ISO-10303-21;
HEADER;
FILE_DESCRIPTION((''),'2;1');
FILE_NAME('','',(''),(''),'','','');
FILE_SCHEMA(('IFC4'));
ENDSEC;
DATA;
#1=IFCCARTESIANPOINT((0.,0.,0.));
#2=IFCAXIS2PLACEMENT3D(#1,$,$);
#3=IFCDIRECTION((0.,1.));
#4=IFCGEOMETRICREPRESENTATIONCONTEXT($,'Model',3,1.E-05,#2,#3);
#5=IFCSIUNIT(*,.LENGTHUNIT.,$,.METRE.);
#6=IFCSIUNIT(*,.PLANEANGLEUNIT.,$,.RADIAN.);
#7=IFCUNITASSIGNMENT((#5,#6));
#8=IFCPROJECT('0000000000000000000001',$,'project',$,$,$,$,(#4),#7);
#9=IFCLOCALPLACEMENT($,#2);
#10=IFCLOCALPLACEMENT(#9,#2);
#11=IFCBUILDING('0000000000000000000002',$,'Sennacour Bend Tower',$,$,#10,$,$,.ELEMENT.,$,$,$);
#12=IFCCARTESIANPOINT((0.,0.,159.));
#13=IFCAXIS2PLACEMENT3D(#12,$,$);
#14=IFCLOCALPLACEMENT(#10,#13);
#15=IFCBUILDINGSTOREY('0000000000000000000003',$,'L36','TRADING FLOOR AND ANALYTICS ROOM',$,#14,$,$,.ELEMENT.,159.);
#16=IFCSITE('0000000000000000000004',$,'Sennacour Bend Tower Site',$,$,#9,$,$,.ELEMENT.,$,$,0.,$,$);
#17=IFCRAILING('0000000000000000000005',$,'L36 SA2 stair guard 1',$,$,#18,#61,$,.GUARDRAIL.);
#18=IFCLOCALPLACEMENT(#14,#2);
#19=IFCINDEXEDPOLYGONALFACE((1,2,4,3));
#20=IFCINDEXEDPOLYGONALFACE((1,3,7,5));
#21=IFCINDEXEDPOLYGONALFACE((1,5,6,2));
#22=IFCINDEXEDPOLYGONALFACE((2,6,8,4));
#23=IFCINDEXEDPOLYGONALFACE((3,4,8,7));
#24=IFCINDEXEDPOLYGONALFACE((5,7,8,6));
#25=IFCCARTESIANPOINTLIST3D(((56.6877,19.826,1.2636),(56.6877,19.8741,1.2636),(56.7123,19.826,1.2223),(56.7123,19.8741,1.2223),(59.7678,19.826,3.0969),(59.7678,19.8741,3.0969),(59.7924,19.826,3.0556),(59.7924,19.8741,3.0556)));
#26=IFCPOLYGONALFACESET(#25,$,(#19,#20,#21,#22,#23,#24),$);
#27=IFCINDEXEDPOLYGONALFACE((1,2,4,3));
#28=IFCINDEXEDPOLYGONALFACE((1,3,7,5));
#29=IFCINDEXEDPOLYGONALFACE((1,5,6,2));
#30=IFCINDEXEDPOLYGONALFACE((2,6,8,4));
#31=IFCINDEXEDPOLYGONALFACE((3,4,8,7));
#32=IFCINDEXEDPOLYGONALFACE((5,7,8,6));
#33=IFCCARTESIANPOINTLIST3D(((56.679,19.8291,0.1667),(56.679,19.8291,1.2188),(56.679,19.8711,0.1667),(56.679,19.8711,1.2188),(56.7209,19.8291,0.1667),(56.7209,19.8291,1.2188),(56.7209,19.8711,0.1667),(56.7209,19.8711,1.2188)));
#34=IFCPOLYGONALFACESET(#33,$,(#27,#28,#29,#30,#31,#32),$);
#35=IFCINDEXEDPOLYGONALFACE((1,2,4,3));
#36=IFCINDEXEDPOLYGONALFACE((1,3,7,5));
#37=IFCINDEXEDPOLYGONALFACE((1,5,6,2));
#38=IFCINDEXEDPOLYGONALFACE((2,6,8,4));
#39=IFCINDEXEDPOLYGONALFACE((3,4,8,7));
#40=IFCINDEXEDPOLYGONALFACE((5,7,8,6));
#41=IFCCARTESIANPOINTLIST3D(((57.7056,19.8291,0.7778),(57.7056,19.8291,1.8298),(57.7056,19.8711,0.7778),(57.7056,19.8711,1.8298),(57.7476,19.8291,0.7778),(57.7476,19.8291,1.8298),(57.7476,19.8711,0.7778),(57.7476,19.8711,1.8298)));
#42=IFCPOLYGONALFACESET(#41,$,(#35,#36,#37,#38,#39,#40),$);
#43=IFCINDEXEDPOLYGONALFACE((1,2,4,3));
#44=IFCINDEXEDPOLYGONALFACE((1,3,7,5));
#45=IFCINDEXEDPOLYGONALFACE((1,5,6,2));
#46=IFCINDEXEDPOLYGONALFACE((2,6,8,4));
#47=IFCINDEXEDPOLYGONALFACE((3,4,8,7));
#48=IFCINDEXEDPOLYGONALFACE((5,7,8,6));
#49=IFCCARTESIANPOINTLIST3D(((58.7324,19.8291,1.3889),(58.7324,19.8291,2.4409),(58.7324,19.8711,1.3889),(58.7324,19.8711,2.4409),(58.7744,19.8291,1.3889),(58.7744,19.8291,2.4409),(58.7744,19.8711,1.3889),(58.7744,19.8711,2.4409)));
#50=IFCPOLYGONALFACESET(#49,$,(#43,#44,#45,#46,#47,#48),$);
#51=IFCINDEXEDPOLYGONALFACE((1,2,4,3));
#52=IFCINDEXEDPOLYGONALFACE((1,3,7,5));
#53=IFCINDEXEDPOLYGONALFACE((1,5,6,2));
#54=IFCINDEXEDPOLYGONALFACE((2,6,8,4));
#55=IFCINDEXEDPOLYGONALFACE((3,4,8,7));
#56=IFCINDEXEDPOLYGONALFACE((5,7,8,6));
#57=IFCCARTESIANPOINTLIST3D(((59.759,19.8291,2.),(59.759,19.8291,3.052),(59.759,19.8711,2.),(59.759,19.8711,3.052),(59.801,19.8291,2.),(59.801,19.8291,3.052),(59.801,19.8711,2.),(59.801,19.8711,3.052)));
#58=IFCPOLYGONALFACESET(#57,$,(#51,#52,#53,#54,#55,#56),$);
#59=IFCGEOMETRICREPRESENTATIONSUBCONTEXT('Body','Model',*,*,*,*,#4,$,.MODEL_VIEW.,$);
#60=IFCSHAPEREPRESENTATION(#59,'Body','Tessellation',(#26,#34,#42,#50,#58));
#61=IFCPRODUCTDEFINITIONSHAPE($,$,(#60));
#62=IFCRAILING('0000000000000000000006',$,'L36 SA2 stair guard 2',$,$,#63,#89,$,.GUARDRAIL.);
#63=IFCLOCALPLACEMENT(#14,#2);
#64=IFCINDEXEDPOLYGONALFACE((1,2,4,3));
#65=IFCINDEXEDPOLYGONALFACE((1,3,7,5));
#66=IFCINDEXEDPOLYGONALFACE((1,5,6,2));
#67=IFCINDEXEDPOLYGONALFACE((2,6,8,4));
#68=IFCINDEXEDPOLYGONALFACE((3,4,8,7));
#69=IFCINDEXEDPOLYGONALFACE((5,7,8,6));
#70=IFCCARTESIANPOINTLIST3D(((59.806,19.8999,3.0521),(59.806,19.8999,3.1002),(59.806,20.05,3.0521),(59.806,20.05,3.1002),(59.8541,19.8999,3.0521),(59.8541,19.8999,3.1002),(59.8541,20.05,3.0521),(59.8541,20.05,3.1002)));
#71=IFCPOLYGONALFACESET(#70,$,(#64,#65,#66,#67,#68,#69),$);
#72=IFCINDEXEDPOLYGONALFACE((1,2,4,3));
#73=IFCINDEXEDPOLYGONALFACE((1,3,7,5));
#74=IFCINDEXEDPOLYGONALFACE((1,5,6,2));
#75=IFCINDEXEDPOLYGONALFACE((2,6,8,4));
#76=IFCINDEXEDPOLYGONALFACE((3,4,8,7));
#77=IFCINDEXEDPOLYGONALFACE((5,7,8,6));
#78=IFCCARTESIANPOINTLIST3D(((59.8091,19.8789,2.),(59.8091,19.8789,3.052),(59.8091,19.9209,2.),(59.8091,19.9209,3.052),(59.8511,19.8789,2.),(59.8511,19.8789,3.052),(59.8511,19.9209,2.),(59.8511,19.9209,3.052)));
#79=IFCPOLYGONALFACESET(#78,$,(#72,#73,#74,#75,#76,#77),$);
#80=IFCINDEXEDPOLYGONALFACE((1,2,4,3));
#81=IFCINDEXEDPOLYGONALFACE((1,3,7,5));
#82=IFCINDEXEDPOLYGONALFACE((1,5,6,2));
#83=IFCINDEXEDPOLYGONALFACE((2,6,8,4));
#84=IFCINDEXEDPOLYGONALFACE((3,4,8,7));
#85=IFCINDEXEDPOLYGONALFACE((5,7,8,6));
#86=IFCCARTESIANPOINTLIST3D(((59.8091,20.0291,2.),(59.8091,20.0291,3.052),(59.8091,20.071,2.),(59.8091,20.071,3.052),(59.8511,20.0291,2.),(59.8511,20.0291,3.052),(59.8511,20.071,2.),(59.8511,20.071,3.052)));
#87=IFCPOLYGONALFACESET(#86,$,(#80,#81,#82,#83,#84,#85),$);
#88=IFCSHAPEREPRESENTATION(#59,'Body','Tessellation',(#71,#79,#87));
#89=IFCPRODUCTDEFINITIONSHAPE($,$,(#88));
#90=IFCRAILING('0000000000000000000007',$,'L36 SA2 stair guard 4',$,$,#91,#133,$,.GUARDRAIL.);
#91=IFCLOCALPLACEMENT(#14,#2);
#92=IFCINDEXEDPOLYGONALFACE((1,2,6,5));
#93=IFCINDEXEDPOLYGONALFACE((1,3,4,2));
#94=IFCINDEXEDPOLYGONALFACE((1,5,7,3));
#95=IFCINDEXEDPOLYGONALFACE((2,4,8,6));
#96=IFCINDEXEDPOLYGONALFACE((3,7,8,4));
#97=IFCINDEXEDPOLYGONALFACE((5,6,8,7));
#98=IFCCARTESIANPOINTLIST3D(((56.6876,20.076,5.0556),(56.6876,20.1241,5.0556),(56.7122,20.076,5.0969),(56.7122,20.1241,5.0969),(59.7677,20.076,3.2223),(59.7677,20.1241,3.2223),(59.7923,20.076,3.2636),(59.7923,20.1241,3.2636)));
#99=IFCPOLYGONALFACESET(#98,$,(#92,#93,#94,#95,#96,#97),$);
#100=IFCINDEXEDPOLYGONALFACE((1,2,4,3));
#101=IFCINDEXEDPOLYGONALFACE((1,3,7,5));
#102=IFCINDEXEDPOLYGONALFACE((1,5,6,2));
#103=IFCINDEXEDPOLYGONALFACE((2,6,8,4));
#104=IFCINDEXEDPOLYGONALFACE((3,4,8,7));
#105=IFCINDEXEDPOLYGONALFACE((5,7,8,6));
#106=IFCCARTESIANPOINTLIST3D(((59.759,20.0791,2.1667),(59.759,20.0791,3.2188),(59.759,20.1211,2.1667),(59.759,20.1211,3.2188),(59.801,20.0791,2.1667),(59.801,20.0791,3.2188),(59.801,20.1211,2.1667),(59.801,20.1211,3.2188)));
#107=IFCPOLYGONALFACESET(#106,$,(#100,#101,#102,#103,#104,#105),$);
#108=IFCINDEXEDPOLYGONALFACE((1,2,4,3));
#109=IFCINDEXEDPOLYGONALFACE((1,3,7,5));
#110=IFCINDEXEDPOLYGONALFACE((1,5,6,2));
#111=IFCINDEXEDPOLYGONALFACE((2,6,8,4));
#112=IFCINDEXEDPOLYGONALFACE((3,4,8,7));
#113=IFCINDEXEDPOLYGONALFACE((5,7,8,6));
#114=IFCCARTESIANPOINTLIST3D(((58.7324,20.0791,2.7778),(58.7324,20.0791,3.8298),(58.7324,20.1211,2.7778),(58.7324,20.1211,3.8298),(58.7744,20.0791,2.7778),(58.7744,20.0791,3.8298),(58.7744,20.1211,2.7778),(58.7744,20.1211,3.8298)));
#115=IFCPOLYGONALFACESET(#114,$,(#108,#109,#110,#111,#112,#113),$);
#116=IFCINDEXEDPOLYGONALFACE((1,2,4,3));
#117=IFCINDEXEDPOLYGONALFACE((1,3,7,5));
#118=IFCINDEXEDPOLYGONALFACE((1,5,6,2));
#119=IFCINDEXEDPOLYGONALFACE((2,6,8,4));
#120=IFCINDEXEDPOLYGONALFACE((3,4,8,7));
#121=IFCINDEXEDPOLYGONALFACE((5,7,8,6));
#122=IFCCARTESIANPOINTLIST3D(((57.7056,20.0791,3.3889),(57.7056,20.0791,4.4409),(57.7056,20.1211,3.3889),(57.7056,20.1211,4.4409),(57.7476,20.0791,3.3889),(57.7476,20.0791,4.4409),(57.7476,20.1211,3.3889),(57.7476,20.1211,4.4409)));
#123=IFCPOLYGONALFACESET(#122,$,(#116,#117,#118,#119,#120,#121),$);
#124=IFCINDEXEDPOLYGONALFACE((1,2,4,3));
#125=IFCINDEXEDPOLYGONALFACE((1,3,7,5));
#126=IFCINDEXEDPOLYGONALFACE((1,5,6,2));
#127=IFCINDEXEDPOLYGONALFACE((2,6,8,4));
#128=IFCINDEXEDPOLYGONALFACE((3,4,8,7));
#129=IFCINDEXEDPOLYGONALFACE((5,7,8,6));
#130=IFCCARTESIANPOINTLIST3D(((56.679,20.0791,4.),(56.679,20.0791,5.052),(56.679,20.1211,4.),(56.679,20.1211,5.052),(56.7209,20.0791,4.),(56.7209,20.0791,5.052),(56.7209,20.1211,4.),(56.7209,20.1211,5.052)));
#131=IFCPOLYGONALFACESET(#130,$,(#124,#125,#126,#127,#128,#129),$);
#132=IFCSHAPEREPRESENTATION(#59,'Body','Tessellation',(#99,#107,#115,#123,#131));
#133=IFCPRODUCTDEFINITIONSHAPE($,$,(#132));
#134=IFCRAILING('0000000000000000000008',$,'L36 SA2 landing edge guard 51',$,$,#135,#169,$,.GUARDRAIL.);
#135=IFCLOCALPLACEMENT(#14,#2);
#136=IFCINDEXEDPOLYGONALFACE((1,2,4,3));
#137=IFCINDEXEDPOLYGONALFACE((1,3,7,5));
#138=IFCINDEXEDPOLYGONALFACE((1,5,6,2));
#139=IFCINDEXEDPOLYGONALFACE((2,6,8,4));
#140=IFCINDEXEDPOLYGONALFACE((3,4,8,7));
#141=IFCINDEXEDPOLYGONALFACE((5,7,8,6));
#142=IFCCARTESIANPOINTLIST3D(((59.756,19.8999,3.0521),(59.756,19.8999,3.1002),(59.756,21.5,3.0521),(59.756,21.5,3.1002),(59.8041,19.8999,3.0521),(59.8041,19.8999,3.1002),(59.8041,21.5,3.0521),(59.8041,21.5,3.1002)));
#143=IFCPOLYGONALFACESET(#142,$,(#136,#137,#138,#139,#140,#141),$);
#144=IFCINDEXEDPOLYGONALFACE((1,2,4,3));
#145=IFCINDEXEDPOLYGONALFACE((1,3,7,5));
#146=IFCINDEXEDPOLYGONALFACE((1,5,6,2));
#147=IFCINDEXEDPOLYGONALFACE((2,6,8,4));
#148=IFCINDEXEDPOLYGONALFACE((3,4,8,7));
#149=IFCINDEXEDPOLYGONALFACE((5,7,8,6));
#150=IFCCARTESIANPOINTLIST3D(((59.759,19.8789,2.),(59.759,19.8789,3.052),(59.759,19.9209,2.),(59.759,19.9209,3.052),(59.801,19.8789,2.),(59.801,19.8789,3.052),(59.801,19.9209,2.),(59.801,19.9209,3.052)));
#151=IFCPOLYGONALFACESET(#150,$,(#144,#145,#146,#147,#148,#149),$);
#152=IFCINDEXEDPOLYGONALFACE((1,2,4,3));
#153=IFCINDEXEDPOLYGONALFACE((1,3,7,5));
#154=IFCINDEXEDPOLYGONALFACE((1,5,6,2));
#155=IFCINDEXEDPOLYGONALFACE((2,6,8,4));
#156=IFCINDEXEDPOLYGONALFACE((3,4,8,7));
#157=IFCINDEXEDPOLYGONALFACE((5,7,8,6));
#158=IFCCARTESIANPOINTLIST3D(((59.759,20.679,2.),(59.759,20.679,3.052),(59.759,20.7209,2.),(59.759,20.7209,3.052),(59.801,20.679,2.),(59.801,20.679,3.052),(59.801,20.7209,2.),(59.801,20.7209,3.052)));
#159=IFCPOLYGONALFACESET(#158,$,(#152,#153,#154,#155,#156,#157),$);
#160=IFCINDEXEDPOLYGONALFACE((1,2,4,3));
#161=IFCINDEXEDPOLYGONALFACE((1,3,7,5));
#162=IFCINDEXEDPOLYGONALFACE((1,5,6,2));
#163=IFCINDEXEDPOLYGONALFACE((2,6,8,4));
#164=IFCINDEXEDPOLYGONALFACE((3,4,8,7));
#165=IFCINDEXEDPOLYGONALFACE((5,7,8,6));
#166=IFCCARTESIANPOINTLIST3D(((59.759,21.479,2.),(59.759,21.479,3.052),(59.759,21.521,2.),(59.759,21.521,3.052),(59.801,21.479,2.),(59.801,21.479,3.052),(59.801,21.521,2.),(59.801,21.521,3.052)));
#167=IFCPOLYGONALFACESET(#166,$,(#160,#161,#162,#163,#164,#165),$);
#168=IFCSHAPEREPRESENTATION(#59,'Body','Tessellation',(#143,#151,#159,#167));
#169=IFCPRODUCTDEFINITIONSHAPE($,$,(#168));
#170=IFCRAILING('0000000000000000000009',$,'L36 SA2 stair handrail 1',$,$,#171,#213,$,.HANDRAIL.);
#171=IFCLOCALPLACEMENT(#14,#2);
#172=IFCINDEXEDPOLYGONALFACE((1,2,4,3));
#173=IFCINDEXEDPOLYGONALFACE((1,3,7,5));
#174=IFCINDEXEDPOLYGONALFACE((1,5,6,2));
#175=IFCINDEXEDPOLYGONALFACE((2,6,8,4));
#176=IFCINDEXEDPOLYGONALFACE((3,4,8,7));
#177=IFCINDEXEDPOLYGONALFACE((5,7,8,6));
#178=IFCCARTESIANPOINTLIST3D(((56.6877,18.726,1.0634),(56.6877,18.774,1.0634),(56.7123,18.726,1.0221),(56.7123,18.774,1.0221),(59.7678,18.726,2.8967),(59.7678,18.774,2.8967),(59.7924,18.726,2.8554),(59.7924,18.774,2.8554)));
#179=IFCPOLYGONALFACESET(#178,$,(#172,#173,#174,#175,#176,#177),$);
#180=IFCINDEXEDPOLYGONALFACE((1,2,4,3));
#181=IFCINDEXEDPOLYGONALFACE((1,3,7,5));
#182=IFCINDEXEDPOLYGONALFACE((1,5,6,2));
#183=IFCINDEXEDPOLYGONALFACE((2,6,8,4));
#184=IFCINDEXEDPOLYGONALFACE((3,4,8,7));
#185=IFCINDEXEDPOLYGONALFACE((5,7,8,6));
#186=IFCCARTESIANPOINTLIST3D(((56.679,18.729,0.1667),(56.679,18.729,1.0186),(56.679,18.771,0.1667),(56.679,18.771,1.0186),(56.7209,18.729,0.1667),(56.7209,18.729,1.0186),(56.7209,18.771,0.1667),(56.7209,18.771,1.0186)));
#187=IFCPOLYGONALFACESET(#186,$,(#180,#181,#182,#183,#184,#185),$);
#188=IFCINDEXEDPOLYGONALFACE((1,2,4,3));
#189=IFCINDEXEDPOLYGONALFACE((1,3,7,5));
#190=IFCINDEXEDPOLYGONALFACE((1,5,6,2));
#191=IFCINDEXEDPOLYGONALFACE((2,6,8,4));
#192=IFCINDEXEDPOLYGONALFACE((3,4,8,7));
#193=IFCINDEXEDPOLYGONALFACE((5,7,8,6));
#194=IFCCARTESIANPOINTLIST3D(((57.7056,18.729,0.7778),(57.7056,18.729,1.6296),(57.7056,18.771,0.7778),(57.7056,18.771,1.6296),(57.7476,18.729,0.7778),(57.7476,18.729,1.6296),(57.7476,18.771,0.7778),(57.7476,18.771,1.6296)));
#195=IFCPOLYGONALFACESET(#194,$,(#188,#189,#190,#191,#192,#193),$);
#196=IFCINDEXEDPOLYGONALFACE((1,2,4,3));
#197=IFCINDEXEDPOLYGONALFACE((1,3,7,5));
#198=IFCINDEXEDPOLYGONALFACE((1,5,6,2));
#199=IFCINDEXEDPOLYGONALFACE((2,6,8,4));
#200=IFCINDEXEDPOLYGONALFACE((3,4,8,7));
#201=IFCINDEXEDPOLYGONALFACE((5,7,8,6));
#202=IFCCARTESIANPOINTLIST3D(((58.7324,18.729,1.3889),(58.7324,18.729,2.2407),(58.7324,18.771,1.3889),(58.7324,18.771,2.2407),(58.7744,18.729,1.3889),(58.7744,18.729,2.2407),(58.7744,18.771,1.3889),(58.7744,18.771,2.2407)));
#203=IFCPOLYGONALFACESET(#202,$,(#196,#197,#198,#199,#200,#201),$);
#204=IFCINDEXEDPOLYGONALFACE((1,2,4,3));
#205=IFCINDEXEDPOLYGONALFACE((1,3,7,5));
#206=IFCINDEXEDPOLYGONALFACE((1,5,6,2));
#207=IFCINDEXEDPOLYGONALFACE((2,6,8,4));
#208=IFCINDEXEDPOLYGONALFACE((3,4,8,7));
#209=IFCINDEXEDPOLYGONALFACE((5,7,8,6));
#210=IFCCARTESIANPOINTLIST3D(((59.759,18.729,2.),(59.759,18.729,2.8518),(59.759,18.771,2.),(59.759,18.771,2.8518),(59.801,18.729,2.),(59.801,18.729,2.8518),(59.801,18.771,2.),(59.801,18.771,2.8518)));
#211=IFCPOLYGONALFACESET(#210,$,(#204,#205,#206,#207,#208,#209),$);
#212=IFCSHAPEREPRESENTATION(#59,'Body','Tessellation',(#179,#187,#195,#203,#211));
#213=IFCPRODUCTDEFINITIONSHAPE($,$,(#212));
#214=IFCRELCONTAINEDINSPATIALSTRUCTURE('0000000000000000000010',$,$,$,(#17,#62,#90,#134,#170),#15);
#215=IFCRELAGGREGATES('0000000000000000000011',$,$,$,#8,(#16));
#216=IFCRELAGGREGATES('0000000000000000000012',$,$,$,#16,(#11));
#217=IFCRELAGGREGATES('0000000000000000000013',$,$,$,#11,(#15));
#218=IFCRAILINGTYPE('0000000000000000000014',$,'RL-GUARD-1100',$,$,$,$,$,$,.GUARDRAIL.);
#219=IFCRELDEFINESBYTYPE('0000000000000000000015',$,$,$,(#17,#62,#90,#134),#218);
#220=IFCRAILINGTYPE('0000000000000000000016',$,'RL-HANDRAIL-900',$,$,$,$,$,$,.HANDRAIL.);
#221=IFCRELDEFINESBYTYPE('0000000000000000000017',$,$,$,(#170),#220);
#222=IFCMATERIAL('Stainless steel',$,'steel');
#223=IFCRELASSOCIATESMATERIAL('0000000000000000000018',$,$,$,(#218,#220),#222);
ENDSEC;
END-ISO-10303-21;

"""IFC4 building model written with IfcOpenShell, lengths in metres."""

from ifc_helpers import new_model, si_unit, direction, frame, origin, origin_2d, place, context, subcontext, project, spatial, rectangle, extrude, material, type_object, element, save


model = new_model("IFC4")

# Units and contexts
model_context = context("Model", 3, precision=1e-05, world=origin(), true_north=direction((0.0, 1.0)))
body_context = subcontext(model_context, "Body", "Model", "MODEL_VIEW")
ifc_project = project(units=[si_unit("LENGTHUNIT", "METRE"), si_unit("PLANEANGLEUNIT", "RADIAN")], contexts=[model_context])

# Site, building, storey
site_placement = place(None, origin())
site = spatial("IfcSite", under=ifc_project, at=site_placement, Name="Sennacour Bend Tower Site", CompositionType="ELEMENT", RefElevation=0.0)
building_placement = place(site_placement, origin())
building = spatial("IfcBuilding", under=site, at=building_placement, Name="Sennacour Bend Tower", CompositionType="ELEMENT")
storey_placement = place(building_placement, frame((0.0, 0.0, 159.0)))
storey = spatial("IfcBuildingStorey", under=building, at=storey_placement, Name="L36", Description="TRADING FLOOR AND ANALYTICS ROOM", CompositionType="ELEMENT", Elevation=159.0)

# Shared definitions
ifc_material_1 = material(Name="Stainless steel", Category="steel")

# Railings
railing_type_1 = type_object("IfcRailingType", Name="RL-GUARD-1100", PredefinedType="GUARDRAIL", material=ifc_material_1)
railing_1_placement = place(storey_placement, frame((56.7, 19.8501, 0.1667)))
element("IfcRailing", 1, at=railing_1_placement, inside=storey, type_object=railing_type_1, Name="L36 SA2 stair guard 1", PredefinedType="GUARDRAIL", context=body_context, shape_type="SweptSolid", body=[
    extrude(rectangle(XDim=0.0481, YDim=0.0481, at=origin_2d()), frame((0.0, 0.0, 1.0762), z_axis=(0.859309, 0.0, 0.511458), x_axis=(0.0, 1.0, 0.0)), (0.0, 0.0, 1.0), 3.5845),
    extrude(rectangle(XDim=0.042, YDim=0.042, at=origin_2d()), origin(), (0.0, 0.0, 1.0), 1.052),
    extrude(rectangle(XDim=0.042, YDim=0.042, at=origin_2d()), frame((1.0266, 0.0, 0.6111)), (0.0, 0.0, 1.0), 1.052),
    extrude(rectangle(XDim=0.042, YDim=0.042, at=origin_2d()), frame((2.0535, 0.0, 1.2222)), (0.0, 0.0, 1.0), 1.052),
    extrude(rectangle(XDim=0.042, YDim=0.042, at=origin_2d()), frame((3.0801, 0.0, 1.8333)), (0.0, 0.0, 1.0), 1.052),
])
railing_2_placement = place(storey_placement, frame((59.8301, 19.8999, 2.0)))
element("IfcRailing", 2, at=railing_2_placement, inside=storey, type_object=railing_type_1, Name="L36 SA2 stair guard 2", PredefinedType="GUARDRAIL", context=body_context, shape_type="SweptSolid", body=[
    extrude(rectangle(XDim=0.0481, YDim=0.0481, at=origin_2d()), frame((0.0, 0.0, 1.0762), z_axis=(0.0, 1.0, 0.0), x_axis=(-1.0, 0.0, 0.0)), (0.0, 0.0, 1.0), 0.1501),
    extrude(rectangle(XDim=0.042, YDim=0.042, at=origin_2d()), origin(), (0.0, 0.0, 1.0), 1.052),
    extrude(rectangle(XDim=0.042, YDim=0.042, at=origin_2d()), frame((0.0, 0.1501, 0.0)), (0.0, 0.0, 1.0), 1.052),
])
railing_3_placement = place(storey_placement, frame((59.78, 20.1001, 2.1667)))
element("IfcRailing", 3, at=railing_3_placement, inside=storey, type_object=railing_type_1, Name="L36 SA2 stair guard 4", PredefinedType="GUARDRAIL", context=body_context, shape_type="SweptSolid", body=[
    extrude(rectangle(XDim=0.0481, YDim=0.0481, at=origin_2d()), frame((0.0, 0.0, 1.0762), z_axis=(-0.859309, 0.0, 0.511458), x_axis=(0.0, -1.0, 0.0)), (0.0, 0.0, 1.0), 3.5845),
    extrude(rectangle(XDim=0.042, YDim=0.042, at=origin_2d()), origin(), (0.0, 0.0, 1.0), 1.052),
    extrude(rectangle(XDim=0.042, YDim=0.042, at=origin_2d()), frame((-1.0266, 0.0, 0.6111)), (0.0, 0.0, 1.0), 1.052),
    extrude(rectangle(XDim=0.042, YDim=0.042, at=origin_2d()), frame((-2.0535, 0.0, 1.2222)), (0.0, 0.0, 1.0), 1.052),
    extrude(rectangle(XDim=0.042, YDim=0.042, at=origin_2d()), frame((-3.0801, 0.0, 1.8333)), (0.0, 0.0, 1.0), 1.052),
])
railing_4_placement = place(storey_placement, frame((59.78, 19.8999, 2.0)))
element("IfcRailing", 4, at=railing_4_placement, inside=storey, type_object=railing_type_1, Name="L36 SA2 landing edge guard 51", PredefinedType="GUARDRAIL", context=body_context, shape_type="SweptSolid", body=[
    extrude(rectangle(XDim=0.0481, YDim=0.0481, at=origin_2d()), frame((0.0, 0.0, 1.0762), z_axis=(0.0, 1.0, 0.0), x_axis=(-1.0, 0.0, 0.0)), (0.0, 0.0, 1.0), 1.6001),
    extrude(rectangle(XDim=0.042, YDim=0.042, at=origin_2d()), origin(), (0.0, 0.0, 1.0), 1.052),
    extrude(rectangle(XDim=0.042, YDim=0.042, at=origin_2d()), frame((0.0, 0.8, 0.0)), (0.0, 0.0, 1.0), 1.052),
    extrude(rectangle(XDim=0.042, YDim=0.042, at=origin_2d()), frame((0.0, 1.6001, 0.0)), (0.0, 0.0, 1.0), 1.052),
])
railing_type_2 = type_object("IfcRailingType", Name="RL-HANDRAIL-900", PredefinedType="HANDRAIL", material=ifc_material_1)
railing_5_placement = place(storey_placement, frame((56.7, 18.75, 0.1667)))
element("IfcRailing", 5, at=railing_5_placement, inside=storey, type_object=railing_type_2, Name="L36 SA2 stair handrail 1", PredefinedType="HANDRAIL", context=body_context, shape_type="SweptSolid", body=[
    extrude(rectangle(XDim=0.0481, YDim=0.0481, at=origin_2d()), frame((0.0, 0.0, 0.876), z_axis=(0.859309, 0.0, 0.511458), x_axis=(0.0, 1.0, 0.0)), (0.0, 0.0, 1.0), 3.5845),
    extrude(rectangle(XDim=0.042, YDim=0.042, at=origin_2d()), origin(), (0.0, 0.0, 1.0), 0.8518),
    extrude(rectangle(XDim=0.042, YDim=0.042, at=origin_2d()), frame((1.0266, 0.0, 0.6111)), (0.0, 0.0, 1.0), 0.8518),
    extrude(rectangle(XDim=0.042, YDim=0.042, at=origin_2d()), frame((2.0535, 0.0, 1.2222)), (0.0, 0.0, 1.0), 0.8518),
    extrude(rectangle(XDim=0.042, YDim=0.042, at=origin_2d()), frame((3.0801, 0.0, 1.8333)), (0.0, 0.0, 1.0), 0.8518),
])

save(model, "model.ifc")
